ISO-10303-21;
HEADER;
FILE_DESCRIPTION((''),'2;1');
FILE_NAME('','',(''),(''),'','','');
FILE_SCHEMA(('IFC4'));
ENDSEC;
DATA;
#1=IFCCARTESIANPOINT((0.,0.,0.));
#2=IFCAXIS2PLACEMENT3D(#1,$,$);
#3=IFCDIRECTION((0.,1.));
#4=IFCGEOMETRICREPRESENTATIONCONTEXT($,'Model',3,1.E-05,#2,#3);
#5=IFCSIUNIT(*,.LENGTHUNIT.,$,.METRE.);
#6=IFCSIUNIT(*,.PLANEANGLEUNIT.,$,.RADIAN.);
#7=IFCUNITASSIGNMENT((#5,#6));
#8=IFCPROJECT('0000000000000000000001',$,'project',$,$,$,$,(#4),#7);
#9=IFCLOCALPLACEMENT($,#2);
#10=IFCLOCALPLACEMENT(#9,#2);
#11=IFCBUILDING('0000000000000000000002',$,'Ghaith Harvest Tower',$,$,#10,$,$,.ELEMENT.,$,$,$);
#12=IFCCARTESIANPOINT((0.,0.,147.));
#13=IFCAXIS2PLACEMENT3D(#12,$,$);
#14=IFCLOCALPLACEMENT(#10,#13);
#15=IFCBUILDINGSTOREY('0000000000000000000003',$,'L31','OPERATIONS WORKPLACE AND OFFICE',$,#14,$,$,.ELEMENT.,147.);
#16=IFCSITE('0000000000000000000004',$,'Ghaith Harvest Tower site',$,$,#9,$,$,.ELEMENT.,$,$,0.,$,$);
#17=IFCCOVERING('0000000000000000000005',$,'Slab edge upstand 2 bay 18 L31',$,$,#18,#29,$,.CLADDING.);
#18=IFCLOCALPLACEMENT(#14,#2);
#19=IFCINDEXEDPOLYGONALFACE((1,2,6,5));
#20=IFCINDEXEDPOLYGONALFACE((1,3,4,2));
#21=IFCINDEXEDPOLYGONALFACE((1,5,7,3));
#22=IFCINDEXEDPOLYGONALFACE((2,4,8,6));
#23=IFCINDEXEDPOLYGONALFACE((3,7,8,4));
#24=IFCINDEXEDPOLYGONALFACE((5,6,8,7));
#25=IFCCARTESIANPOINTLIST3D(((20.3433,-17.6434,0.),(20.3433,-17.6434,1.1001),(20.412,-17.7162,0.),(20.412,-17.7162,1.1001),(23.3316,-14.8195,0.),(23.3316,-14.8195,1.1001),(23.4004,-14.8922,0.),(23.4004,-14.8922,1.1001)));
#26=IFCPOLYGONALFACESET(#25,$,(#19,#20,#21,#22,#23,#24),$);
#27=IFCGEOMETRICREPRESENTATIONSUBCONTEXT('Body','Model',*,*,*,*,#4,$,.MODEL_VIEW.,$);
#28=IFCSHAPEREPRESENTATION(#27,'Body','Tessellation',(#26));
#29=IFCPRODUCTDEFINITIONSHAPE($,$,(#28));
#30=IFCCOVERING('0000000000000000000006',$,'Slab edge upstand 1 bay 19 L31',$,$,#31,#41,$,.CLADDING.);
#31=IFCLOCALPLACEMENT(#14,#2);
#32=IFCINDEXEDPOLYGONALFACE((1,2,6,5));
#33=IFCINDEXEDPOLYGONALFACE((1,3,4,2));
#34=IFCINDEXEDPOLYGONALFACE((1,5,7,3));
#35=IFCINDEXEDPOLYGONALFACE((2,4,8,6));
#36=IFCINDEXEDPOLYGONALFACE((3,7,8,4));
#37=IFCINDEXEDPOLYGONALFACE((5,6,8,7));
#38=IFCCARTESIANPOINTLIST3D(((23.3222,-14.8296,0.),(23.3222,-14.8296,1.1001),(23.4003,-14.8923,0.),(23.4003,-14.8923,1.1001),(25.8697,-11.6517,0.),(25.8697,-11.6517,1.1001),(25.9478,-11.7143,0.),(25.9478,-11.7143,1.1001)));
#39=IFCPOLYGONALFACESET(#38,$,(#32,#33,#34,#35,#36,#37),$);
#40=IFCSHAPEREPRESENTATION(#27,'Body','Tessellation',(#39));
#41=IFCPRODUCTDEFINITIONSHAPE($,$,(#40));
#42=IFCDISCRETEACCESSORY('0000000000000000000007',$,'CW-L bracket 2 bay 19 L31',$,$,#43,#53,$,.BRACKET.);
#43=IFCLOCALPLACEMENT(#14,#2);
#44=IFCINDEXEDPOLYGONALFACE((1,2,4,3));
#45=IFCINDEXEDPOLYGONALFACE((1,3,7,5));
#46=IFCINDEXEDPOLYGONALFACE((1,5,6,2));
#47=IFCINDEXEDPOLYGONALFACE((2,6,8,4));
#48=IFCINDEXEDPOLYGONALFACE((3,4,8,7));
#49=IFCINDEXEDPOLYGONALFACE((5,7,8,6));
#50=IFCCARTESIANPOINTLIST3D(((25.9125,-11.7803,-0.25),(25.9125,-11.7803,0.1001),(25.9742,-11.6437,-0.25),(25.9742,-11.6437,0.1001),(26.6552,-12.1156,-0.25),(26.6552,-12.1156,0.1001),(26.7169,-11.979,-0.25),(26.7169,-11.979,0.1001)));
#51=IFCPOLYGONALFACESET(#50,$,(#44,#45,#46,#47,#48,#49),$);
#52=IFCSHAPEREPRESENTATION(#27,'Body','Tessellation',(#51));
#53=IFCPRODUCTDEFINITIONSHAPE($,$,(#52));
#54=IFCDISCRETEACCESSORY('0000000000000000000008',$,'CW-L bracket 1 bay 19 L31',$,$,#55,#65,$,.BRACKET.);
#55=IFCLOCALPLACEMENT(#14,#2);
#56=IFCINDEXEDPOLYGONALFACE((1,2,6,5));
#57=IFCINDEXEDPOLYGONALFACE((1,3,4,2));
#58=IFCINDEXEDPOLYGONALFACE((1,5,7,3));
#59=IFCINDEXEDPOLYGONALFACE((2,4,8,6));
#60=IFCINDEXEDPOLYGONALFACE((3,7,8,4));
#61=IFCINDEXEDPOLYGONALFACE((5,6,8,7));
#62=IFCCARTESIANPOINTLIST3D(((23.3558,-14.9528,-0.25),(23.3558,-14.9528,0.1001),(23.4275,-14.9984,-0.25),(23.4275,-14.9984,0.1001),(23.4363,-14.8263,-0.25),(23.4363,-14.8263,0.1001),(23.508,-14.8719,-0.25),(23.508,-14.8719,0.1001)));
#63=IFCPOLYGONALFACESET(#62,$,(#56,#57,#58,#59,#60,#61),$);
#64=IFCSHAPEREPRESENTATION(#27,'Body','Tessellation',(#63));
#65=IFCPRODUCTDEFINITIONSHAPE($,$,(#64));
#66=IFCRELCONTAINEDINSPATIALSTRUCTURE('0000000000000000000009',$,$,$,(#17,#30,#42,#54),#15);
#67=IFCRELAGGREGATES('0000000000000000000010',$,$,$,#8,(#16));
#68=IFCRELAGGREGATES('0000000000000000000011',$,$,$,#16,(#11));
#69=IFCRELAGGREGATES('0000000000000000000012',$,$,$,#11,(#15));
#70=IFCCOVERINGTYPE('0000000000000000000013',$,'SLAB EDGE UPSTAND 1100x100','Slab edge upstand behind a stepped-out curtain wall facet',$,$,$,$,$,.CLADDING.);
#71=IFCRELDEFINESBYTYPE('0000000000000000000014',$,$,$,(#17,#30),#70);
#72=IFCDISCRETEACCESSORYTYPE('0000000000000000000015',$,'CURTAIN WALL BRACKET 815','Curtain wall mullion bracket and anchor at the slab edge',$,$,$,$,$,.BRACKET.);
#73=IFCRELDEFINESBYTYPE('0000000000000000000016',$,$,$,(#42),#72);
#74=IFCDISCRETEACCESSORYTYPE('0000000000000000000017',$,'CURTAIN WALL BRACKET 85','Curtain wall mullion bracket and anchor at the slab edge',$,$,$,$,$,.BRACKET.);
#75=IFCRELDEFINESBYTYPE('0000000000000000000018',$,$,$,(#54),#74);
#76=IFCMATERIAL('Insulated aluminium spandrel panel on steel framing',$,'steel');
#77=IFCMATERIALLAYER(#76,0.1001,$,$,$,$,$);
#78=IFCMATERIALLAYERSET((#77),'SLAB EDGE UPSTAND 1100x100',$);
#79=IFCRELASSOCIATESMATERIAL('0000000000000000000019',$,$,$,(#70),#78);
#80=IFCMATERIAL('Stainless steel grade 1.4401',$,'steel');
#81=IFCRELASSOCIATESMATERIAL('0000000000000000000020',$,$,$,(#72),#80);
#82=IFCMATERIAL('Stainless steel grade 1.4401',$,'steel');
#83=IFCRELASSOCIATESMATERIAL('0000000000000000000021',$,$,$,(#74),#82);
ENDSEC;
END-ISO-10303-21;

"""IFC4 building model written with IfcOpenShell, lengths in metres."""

from ifc_helpers import new_model, si_unit, direction, frame, origin, origin_2d, place, context, subcontext, project, spatial, rectangle, extrude, material, layer, layer_set, type_object, element, save


model = new_model("IFC4")

# Units and contexts
model_context = context("Model", 3, precision=1e-05, world=origin(), true_north=direction((0.0, 1.0)))
body_context = subcontext(model_context, "Body", "Model", "MODEL_VIEW")
ifc_project = project(units=[si_unit("LENGTHUNIT", "METRE"), si_unit("PLANEANGLEUNIT", "RADIAN")], contexts=[model_context])

# Site, building, storey
site_placement = place(None, origin())
site = spatial("IfcSite", under=ifc_project, at=site_placement, Name="Ghaith Harvest Tower site", CompositionType="ELEMENT", RefElevation=0.0)
building_placement = place(site_placement, origin())
building = spatial("IfcBuilding", under=site, at=building_placement, Name="Ghaith Harvest Tower", CompositionType="ELEMENT")
storey_placement = place(building_placement, frame((0.0, 0.0, 147.0)))
storey = spatial("IfcBuildingStorey", under=building, at=storey_placement, Name="L31", Description="OPERATIONS WORKPLACE AND OFFICE", CompositionType="ELEMENT", Elevation=147.0)

# Coverings
ifc_material_1 = material(Name="Insulated aluminium spandrel panel on steel framing", Category="steel")
ifc_layer_1 = layer(ifc_material_1, 0.1001)
ifc_layer_set_1 = layer_set([ifc_layer_1], Name="SLAB EDGE UPSTAND 1100x100")
covering_type = type_object("IfcCoveringType", Name="SLAB EDGE UPSTAND 1100x100", Description="Slab edge upstand behind a stepped-out curtain wall facet", PredefinedType="CLADDING", material=ifc_layer_set_1)
covering_1_placement = place(storey_placement, frame((21.8718, -16.2678, 0.0), z_axis=(0.0, 0.0, 1.0), x_axis=(0.72681, 0.686839, 0.0)))
element("IfcCovering", 1, at=covering_1_placement, inside=storey, type_object=covering_type, Name="Slab edge upstand 2 bay 18 L31", PredefinedType="CLADDING", context=body_context, shape_type="SweptSolid", body=[
    extrude(rectangle(XDim=4.1116, YDim=0.1001, at=origin_2d()), origin(), (0.0, 0.0, 1.0), 1.1001),
])
covering_2_placement = place(storey_placement, frame((24.635, -13.272, 0.0), z_axis=(0.0, 0.0, 1.0), x_axis=(0.625468, 0.78025, 0.0)))
element("IfcCovering", 2, at=covering_2_placement, inside=storey, type_object=covering_type, Name="Slab edge upstand 1 bay 19 L31", PredefinedType="CLADDING", context=body_context, shape_type="SweptSolid", body=[
    extrude(rectangle(XDim=4.073, YDim=0.1001, at=origin_2d()), origin(), (0.0, 0.0, 1.0), 1.1001),
])

# Discrete accessories
ifc_material_2 = material(Name="Stainless steel grade 1.4401", Category="steel")
discrete_accessory_type_1 = type_object("IfcDiscreteAccessoryType", Name="CURTAIN WALL BRACKET 815", Description="Curtain wall mullion bracket and anchor at the slab edge", PredefinedType="BRACKET", material=ifc_material_2)
discrete_accessory_1_placement = place(storey_placement, frame((26.3147, -11.8796, -0.25), z_axis=(0.0, 0.0, 1.0), x_axis=(0.911427, -0.411462, 0.0)))
element("IfcDiscreteAccessory", 3, at=discrete_accessory_1_placement, inside=storey, type_object=discrete_accessory_type_1, Name="CW-L bracket 2 bay 19 L31", PredefinedType="BRACKET", context=body_context, shape_type="SweptSolid", body=[
    extrude(rectangle(XDim=0.8149, YDim=0.1499, at=origin_2d()), origin(), (0.0, 0.0, 1.0), 0.3501),
])
ifc_material_3 = material(Name="Stainless steel grade 1.4401", Category="steel")
discrete_accessory_type_2 = type_object("IfcDiscreteAccessoryType", Name="CURTAIN WALL BRACKET 85", Description="Curtain wall mullion bracket and anchor at the slab edge", PredefinedType="BRACKET", material=ifc_material_3)
discrete_accessory_2_placement = place(storey_placement, frame((23.4319, -14.9124, -0.25), z_axis=(0.0, 0.0, 1.0), x_axis=(0.843644, -0.536903, 0.0)))
element("IfcDiscreteAccessory", 4, at=discrete_accessory_2_placement, inside=storey, type_object=discrete_accessory_type_2, Name="CW-L bracket 1 bay 19 L31", PredefinedType="BRACKET", context=body_context, shape_type="SweptSolid", body=[
    extrude(rectangle(XDim=0.085, YDim=0.1499, at=origin_2d()), origin(), (0.0, 0.0, 1.0), 0.3501),
])

save(model, "model.ifc")
